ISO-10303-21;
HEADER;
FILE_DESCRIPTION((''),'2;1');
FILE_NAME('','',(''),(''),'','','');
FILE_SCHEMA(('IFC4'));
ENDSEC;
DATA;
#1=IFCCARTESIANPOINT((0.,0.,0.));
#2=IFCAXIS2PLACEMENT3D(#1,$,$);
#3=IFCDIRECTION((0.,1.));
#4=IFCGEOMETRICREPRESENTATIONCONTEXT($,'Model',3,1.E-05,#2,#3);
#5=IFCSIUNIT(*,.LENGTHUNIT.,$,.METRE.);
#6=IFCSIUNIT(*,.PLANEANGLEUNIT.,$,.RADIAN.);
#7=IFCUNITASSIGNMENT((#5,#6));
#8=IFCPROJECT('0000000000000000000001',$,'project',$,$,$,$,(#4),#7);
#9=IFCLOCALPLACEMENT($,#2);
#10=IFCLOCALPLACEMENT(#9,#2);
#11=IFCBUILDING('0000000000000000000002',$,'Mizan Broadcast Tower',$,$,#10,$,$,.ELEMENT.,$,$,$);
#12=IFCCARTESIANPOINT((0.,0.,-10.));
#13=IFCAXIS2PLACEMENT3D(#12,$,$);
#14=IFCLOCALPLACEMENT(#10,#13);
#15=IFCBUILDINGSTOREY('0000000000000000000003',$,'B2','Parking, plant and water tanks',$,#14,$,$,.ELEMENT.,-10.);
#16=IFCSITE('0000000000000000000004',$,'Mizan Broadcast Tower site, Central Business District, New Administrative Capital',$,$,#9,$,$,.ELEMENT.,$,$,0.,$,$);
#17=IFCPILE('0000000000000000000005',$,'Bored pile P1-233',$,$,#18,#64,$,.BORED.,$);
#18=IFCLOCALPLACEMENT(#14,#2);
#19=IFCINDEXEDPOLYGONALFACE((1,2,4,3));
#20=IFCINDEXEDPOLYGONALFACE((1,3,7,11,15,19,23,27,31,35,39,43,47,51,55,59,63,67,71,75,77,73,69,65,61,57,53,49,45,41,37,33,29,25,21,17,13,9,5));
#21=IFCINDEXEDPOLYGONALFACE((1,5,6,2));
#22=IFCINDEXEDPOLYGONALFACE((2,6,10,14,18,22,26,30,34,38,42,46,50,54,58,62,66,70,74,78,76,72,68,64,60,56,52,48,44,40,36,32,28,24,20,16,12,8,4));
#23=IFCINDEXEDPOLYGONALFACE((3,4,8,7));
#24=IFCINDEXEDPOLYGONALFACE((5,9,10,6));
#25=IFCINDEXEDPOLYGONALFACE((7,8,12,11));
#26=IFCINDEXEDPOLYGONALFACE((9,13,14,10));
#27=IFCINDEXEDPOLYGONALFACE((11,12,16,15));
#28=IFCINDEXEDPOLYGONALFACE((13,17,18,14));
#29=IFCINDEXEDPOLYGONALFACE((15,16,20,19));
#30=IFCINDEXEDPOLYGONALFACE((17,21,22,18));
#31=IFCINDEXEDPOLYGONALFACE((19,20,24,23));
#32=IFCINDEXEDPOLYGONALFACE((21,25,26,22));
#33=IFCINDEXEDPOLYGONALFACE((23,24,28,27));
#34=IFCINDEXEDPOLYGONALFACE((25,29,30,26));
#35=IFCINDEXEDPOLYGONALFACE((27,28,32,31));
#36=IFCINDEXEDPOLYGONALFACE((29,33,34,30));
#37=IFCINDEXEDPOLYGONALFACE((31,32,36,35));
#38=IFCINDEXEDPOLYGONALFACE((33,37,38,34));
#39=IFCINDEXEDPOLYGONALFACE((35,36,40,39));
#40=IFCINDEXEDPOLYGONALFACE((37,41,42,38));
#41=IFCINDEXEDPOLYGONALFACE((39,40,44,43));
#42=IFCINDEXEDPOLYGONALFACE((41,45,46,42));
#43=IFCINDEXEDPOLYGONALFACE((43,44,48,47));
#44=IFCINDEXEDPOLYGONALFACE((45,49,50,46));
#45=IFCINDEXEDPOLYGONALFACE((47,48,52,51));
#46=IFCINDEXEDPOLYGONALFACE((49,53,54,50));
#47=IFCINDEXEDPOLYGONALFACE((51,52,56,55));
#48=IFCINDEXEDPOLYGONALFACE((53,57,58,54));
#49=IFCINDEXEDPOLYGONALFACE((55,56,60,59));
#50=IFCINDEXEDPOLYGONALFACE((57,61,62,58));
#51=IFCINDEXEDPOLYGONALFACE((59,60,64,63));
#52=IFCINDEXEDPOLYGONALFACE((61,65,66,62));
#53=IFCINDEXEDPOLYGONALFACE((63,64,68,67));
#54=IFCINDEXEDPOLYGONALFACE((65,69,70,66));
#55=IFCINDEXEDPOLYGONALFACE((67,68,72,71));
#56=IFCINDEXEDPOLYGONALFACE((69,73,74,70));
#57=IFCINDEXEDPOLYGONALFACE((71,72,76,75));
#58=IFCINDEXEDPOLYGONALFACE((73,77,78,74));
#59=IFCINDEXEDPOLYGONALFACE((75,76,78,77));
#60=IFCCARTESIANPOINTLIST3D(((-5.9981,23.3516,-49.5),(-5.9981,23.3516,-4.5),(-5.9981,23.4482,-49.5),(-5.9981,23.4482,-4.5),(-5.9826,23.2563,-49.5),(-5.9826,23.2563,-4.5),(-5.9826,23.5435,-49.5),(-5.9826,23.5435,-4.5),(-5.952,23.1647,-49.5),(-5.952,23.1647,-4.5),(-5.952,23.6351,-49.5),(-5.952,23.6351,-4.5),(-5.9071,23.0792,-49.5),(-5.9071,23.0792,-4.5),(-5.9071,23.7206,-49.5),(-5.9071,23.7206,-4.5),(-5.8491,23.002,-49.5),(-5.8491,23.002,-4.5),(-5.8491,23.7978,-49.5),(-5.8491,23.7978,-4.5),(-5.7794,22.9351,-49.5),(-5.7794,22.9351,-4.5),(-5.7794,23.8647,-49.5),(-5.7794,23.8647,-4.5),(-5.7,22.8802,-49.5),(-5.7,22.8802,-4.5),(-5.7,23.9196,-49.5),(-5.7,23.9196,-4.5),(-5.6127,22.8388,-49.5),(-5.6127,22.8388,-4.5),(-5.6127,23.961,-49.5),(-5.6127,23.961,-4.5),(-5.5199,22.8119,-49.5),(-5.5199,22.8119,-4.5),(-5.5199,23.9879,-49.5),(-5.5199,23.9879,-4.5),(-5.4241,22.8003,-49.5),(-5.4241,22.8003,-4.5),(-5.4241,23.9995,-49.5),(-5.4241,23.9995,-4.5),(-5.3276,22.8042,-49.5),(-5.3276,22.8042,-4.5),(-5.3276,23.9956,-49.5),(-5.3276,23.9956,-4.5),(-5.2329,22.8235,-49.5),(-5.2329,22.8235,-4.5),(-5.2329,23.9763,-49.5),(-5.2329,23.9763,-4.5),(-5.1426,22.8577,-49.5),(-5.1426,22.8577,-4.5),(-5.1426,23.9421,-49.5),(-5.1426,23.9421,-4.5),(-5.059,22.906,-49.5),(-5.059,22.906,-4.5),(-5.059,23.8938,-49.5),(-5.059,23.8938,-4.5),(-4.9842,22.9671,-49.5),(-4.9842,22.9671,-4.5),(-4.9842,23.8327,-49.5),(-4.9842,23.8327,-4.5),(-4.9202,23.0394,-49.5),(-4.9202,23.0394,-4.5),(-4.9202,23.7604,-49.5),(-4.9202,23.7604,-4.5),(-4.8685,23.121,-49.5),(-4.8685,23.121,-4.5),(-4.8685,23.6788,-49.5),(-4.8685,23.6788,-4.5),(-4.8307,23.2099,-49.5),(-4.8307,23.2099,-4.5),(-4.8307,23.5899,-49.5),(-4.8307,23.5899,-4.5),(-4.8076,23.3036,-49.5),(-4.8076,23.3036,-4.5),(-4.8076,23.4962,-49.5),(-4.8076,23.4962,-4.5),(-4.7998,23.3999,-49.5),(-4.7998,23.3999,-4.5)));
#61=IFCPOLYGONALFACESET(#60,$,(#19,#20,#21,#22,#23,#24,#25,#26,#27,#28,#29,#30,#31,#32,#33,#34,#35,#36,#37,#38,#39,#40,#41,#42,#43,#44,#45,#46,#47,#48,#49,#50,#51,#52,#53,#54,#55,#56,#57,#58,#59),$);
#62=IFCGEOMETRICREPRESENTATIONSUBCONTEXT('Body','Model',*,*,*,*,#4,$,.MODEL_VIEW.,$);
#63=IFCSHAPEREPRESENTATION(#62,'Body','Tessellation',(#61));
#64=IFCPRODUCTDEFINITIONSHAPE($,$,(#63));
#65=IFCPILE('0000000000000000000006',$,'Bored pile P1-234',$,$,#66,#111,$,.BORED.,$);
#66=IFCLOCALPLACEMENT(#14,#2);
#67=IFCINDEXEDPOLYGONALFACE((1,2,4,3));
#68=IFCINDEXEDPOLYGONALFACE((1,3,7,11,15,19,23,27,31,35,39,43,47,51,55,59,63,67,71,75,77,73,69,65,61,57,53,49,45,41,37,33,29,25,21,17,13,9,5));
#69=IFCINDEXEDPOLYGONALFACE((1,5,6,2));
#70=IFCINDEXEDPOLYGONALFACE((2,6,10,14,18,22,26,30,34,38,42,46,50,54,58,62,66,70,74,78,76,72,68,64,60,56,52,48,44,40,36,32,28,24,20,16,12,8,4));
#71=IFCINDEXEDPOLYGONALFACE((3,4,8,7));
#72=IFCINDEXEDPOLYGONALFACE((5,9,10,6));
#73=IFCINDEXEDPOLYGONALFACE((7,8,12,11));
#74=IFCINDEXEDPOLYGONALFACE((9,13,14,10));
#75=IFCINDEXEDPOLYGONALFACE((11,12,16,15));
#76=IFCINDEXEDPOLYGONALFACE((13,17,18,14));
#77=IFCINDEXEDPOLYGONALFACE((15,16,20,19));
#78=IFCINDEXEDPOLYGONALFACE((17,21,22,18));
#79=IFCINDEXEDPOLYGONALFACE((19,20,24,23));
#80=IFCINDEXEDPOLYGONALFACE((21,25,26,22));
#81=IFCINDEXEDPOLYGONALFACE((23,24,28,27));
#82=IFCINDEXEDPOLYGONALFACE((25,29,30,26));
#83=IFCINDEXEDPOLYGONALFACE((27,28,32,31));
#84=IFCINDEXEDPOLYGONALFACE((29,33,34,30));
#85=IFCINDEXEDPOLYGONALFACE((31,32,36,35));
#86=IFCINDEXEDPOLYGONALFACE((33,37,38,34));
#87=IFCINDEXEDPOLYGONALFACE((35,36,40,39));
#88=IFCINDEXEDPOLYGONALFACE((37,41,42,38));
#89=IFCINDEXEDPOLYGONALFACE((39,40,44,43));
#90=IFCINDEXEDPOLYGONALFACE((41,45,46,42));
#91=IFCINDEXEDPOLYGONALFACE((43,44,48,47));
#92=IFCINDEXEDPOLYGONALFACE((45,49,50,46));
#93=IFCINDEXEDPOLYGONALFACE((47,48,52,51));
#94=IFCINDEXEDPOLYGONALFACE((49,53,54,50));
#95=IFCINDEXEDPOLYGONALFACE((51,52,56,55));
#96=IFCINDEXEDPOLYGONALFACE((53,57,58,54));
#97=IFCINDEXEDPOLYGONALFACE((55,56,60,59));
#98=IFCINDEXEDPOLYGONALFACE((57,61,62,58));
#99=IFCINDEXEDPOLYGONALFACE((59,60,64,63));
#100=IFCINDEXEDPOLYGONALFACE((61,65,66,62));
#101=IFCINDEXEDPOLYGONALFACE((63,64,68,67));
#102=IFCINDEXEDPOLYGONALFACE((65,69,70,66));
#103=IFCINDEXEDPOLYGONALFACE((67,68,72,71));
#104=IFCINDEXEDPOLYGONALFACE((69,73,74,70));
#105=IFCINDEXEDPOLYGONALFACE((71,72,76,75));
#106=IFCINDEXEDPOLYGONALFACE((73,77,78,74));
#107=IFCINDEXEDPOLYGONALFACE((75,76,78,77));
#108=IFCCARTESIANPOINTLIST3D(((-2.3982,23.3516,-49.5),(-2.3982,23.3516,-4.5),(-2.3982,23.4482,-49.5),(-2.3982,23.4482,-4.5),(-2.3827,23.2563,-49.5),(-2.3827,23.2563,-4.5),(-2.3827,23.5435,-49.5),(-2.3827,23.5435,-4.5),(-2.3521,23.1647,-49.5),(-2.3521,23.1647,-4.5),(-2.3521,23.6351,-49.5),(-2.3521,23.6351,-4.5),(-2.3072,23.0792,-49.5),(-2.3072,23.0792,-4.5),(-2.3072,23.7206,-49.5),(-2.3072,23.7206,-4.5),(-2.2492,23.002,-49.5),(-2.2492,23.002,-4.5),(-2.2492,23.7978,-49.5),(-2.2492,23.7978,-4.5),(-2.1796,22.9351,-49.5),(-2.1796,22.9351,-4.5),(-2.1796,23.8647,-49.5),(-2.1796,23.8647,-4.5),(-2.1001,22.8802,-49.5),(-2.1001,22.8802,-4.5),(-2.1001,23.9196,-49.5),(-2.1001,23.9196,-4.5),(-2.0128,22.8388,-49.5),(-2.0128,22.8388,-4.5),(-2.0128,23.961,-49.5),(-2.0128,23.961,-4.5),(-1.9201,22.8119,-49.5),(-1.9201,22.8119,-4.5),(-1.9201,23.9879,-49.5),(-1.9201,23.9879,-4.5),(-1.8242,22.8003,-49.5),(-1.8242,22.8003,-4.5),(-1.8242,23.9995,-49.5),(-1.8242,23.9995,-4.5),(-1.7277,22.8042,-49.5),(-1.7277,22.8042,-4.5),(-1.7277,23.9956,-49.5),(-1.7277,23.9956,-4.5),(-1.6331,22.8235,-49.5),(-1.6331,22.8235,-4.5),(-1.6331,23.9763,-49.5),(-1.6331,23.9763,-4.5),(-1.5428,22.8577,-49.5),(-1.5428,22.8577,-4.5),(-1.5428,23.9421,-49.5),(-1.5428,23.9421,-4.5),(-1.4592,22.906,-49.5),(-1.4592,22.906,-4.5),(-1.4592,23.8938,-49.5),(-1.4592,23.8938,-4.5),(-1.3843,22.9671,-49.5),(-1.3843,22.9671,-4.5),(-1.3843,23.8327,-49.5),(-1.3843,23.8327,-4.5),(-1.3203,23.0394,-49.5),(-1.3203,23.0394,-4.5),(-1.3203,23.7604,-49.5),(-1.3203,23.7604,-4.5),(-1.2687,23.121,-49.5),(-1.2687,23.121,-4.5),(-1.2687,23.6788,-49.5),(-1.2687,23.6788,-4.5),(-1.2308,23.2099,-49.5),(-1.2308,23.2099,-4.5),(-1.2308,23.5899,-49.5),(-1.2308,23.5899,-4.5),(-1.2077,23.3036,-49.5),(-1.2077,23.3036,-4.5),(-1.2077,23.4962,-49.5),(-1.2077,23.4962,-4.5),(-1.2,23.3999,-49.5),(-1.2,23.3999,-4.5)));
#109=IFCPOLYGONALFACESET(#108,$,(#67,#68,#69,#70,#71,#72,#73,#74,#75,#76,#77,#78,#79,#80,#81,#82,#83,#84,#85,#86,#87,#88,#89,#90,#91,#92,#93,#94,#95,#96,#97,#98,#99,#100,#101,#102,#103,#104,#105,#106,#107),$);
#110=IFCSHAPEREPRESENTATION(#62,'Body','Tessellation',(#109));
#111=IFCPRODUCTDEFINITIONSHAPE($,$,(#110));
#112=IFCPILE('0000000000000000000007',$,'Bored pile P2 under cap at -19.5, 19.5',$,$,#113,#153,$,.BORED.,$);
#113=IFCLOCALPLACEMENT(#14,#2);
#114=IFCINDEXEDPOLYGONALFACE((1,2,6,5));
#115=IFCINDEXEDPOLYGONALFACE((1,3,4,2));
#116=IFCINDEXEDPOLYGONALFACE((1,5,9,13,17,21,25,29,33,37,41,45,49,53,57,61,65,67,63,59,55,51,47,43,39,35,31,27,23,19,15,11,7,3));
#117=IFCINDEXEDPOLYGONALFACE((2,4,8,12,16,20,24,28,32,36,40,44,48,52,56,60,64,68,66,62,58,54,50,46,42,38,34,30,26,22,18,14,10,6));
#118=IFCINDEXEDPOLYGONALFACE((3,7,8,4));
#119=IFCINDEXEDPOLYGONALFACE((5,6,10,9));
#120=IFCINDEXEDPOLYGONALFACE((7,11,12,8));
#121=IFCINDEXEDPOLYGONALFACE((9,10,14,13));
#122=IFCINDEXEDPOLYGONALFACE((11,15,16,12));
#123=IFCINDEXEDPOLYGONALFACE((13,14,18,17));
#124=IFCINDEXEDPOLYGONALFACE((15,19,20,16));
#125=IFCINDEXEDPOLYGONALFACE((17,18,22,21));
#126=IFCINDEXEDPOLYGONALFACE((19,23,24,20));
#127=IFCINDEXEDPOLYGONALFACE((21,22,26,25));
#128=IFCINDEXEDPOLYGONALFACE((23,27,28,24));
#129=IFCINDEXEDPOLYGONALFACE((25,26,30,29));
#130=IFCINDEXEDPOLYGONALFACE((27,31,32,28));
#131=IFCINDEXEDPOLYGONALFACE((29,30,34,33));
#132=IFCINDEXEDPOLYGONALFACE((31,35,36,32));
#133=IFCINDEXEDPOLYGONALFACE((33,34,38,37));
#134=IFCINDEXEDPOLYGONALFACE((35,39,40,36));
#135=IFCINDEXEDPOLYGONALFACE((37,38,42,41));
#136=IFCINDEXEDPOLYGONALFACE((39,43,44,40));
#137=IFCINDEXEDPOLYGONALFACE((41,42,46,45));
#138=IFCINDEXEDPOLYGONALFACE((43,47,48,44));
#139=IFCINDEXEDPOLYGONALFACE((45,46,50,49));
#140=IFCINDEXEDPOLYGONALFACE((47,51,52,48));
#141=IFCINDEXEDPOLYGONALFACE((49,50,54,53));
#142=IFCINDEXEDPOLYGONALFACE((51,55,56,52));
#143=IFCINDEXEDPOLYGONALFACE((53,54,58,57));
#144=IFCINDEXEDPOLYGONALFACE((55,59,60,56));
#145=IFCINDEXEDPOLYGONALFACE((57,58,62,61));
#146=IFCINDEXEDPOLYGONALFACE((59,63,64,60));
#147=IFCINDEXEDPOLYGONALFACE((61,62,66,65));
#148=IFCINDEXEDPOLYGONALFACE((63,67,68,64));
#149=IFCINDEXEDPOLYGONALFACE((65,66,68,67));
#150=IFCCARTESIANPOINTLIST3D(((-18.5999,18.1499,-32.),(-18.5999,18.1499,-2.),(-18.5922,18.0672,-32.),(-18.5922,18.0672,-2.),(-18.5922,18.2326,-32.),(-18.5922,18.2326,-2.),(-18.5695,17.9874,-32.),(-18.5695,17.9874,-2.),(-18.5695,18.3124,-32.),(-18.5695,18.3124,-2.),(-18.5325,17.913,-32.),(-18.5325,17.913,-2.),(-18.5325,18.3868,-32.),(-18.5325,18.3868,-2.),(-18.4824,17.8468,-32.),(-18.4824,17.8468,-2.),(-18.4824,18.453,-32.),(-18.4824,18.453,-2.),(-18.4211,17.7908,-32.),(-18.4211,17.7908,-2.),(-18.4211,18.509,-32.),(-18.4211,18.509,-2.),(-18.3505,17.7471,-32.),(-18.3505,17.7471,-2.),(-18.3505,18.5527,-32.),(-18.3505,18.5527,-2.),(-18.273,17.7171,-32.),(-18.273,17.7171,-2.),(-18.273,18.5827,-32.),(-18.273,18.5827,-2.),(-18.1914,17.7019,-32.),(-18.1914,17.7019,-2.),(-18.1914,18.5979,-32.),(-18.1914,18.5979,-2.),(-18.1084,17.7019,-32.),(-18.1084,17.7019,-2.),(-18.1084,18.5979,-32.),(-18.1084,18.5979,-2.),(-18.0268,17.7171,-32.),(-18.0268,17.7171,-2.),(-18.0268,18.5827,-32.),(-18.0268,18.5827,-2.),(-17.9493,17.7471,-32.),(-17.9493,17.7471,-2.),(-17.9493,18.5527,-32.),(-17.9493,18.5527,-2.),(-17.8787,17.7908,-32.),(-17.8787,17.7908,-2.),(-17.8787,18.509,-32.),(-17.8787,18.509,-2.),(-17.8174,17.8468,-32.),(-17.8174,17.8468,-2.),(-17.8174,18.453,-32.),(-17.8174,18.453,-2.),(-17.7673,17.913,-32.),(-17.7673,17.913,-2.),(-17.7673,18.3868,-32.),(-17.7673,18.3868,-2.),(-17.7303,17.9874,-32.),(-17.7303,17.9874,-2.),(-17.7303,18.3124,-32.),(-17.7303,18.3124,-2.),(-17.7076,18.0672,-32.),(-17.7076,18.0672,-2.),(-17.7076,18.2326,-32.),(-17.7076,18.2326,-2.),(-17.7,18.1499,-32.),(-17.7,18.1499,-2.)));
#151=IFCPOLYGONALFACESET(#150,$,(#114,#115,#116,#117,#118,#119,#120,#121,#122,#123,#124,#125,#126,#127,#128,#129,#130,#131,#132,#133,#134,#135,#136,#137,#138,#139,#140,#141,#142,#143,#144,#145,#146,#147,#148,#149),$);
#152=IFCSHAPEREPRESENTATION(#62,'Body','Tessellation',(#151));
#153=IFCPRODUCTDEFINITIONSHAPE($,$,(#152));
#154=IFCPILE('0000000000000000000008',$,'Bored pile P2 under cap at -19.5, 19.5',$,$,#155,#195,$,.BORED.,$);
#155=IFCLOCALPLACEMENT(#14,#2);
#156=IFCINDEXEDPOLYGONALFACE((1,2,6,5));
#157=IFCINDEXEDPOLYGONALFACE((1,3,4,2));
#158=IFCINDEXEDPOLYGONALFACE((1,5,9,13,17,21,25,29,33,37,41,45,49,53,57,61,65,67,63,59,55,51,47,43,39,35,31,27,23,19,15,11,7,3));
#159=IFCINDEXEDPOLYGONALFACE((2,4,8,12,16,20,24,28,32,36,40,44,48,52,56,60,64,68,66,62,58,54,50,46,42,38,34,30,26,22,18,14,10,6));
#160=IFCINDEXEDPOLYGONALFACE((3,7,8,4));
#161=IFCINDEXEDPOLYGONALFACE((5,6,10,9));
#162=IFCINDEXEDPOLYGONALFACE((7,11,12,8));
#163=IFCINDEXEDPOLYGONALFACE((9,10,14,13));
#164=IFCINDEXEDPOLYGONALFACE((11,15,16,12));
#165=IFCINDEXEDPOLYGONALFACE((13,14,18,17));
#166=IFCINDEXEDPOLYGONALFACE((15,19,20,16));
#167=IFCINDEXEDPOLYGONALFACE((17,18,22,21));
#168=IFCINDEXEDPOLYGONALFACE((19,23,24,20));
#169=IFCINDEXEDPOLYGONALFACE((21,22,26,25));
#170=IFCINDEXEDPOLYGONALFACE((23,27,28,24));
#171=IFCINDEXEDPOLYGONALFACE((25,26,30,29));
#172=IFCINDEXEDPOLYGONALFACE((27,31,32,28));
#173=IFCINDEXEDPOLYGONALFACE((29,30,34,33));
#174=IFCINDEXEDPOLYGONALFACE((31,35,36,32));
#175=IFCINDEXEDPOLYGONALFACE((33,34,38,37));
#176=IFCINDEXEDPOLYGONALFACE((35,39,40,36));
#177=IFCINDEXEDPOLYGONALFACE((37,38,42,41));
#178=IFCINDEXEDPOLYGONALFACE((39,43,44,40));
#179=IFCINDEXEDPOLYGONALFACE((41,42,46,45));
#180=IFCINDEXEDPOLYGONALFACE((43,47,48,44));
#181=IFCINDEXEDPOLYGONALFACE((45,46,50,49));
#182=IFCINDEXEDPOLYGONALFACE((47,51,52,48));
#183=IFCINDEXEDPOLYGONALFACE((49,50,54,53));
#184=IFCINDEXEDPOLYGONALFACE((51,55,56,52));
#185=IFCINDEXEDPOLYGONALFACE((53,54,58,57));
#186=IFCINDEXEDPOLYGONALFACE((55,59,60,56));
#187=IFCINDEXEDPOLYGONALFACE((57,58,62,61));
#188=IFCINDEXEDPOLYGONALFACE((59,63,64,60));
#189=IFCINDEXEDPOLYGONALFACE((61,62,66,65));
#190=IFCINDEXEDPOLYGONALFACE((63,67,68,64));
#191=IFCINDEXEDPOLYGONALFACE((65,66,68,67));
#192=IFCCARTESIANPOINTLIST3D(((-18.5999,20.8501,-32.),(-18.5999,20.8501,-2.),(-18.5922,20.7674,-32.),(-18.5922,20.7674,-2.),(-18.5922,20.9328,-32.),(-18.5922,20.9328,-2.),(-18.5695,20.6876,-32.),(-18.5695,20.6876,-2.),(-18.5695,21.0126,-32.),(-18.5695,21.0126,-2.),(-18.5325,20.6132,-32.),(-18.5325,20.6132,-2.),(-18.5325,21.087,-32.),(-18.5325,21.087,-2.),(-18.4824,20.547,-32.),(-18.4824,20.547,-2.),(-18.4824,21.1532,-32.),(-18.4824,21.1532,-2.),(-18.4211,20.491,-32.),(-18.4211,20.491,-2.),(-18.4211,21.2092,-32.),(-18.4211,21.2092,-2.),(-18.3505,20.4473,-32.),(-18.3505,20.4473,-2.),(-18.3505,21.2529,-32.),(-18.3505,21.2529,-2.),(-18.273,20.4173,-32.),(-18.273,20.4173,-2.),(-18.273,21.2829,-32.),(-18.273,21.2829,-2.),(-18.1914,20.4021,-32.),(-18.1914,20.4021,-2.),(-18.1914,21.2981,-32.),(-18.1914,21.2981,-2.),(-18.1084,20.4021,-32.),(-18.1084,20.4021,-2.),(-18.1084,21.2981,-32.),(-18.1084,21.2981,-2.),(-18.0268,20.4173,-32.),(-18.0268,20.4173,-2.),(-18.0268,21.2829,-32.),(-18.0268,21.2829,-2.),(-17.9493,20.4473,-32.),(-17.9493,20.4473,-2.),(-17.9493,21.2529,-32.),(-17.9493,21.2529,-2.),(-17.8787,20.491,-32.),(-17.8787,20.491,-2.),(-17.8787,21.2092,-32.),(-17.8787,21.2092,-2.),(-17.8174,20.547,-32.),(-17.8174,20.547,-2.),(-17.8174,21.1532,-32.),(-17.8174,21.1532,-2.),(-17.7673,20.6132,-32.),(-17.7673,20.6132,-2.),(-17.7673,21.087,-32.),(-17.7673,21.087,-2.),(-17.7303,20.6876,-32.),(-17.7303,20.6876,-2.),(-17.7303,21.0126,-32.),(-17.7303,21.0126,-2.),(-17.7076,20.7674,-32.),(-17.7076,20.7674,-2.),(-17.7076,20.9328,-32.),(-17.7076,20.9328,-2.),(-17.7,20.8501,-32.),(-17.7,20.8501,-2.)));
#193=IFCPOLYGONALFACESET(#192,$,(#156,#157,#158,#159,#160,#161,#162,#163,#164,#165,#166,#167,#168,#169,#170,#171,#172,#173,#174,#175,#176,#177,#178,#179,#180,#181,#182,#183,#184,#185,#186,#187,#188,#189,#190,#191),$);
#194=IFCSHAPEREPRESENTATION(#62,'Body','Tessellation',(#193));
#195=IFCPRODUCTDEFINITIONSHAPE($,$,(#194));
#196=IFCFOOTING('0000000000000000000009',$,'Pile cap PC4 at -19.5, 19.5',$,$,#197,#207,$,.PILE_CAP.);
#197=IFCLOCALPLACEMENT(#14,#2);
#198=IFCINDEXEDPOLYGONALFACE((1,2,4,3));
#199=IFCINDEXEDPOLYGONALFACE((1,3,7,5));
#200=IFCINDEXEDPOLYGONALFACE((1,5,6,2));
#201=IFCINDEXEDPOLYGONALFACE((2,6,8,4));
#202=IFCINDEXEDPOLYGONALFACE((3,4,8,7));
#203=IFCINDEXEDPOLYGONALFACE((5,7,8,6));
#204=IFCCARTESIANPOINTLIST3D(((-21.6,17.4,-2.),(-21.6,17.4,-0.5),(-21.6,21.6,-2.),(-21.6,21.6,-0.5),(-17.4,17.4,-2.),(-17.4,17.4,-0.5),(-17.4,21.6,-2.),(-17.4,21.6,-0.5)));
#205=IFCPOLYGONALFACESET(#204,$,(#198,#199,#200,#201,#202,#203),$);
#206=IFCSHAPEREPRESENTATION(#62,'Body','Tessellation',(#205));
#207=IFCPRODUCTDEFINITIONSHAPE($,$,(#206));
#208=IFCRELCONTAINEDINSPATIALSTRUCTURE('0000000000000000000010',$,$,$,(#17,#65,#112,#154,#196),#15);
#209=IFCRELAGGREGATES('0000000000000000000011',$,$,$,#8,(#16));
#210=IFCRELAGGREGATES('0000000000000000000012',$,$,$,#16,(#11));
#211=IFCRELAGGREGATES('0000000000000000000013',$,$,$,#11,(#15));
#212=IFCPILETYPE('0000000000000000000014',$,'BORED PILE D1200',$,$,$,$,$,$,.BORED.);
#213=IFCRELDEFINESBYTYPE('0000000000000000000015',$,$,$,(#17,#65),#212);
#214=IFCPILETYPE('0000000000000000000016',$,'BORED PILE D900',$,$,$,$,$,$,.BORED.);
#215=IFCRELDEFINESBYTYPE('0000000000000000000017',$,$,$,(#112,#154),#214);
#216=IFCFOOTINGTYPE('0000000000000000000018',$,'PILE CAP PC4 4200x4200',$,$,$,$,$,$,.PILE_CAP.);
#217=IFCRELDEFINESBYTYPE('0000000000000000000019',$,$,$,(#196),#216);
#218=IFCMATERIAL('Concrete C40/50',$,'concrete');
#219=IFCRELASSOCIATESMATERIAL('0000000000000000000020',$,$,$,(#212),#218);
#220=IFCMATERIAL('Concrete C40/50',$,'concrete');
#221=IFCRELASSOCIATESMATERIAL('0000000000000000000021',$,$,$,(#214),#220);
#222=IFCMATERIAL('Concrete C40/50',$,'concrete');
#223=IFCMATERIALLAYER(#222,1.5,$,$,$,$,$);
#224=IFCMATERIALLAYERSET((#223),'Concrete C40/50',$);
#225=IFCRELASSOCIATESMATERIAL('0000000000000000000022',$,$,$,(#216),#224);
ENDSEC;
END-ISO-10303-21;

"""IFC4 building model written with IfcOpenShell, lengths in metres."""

from ifc_helpers import new_model, si_unit, direction, frame, origin, origin_2d, place, context, subcontext, project, spatial, rectangle, circle, extrude, material, layer, layer_set, material_profile, profile_set, type_object, element, save


model = new_model("IFC4")

# Units and contexts
model_context = context("Model", 3, precision=1e-05, world=origin(), true_north=direction((0.0, 1.0)))
body_context = subcontext(model_context, "Body", "Model", "MODEL_VIEW")
ifc_project = project(units=[si_unit("LENGTHUNIT", "METRE"), si_unit("PLANEANGLEUNIT", "RADIAN")], contexts=[model_context])

# Site, building, storey
site_placement = place(None, origin())
site = spatial("IfcSite", under=ifc_project, at=site_placement, Name="Mizan Broadcast Tower site, Central Business District, New Administrative Capital", CompositionType="ELEMENT", RefElevation=0.0)
building_placement = place(site_placement, origin())
building = spatial("IfcBuilding", under=site, at=building_placement, Name="Mizan Broadcast Tower", CompositionType="ELEMENT")
storey_placement = place(building_placement, frame((0.0, 0.0, -10.0)))
storey = spatial("IfcBuildingStorey", under=building, at=storey_placement, Name="B2", Description="Parking, plant and water tanks", CompositionType="ELEMENT", Elevation=-10.0)

# Piles
ifc_material_1 = material(Name="Concrete C40/50", Category="concrete")
ifc_material_profile_1 = material_profile(ifc_material_1, circle(Radius=0.6001, at=origin_2d()), Name="D1200")
ifc_profile_set_1 = profile_set([ifc_material_profile_1], Name="Concrete C40/50")
pile_type_1 = type_object("IfcPileType", Name="BORED PILE D1200", PredefinedType="BORED", material=ifc_profile_set_1)
for number, where, z_axis, x_axis, name in (
    (1, (-5.3999, 23.3999, -4.5), (0.0, 0.0, -1.0), (1.0, 0.0, 0.0), "Bored pile P1-233"),
    (2, (-1.8, 23.3999, -4.5), (0.0, 0.0, -1.0), (1.0, 0.0, 0.0), "Bored pile P1-234"),
):
    element("IfcPile", number, at=place(storey_placement, frame(where, z_axis=z_axis, x_axis=x_axis)), inside=storey, type_object=pile_type_1, Name=name, PredefinedType="BORED", context=body_context, shape_type="SweptSolid", body=[
        extrude(circle(Radius=0.6001, at=origin_2d()), origin(), (0.0, 0.0, 1.0), 45.0),
    ])
ifc_material_2 = material(Name="Concrete C40/50", Category="concrete")
ifc_material_profile_2 = material_profile(ifc_material_2, circle(Radius=0.45, at=origin_2d()), Name="D900")
ifc_profile_set_2 = profile_set([ifc_material_profile_2], Name="Concrete C40/50")
pile_type_2 = type_object("IfcPileType", Name="BORED PILE D900", PredefinedType="BORED", material=ifc_profile_set_2)
for number, where, z_axis, x_axis, name in (
    (3, (-18.1499, 18.1499, -2.0), (0.0, 0.0, -1.0), (1.0, 0.0, 0.0), "Bored pile P2 under cap at -19.5, 19.5"),
    (4, (-18.1499, 20.8501, -2.0), (0.0, 0.0, -1.0), (1.0, 0.0, 0.0), "Bored pile P2 under cap at -19.5, 19.5"),
):
    element("IfcPile", number, at=place(storey_placement, frame(where, z_axis=z_axis, x_axis=x_axis)), inside=storey, type_object=pile_type_2, Name=name, PredefinedType="BORED", context=body_context, shape_type="SweptSolid", body=[
        extrude(circle(Radius=0.45, at=origin_2d()), origin(), (0.0, 0.0, 1.0), 30.0),
    ])

# Footing
ifc_material_3 = material(Name="Concrete C40/50", Category="concrete")
ifc_layer_1 = layer(ifc_material_3, 1.5)
ifc_layer_set_1 = layer_set([ifc_layer_1], Name="Concrete C40/50")
footing_type = type_object("IfcFootingType", Name="PILE CAP PC4 4200x4200", PredefinedType="PILE_CAP", material=ifc_layer_set_1)
footing_placement = place(storey_placement, frame((-19.5, 19.5, -2.0), z_axis=(0.0, 0.0, 1.0), x_axis=(1.0, 0.0, 0.0)))
element("IfcFooting", 5, at=footing_placement, inside=storey, type_object=footing_type, Name="Pile cap PC4 at -19.5, 19.5", PredefinedType="PILE_CAP", context=body_context, shape_type="SweptSolid", body=[
    extrude(rectangle(XDim=4.2, YDim=4.2, at=origin_2d()), origin(), (0.0, 0.0, 1.0), 1.5),
])

save(model, "model.ifc")
